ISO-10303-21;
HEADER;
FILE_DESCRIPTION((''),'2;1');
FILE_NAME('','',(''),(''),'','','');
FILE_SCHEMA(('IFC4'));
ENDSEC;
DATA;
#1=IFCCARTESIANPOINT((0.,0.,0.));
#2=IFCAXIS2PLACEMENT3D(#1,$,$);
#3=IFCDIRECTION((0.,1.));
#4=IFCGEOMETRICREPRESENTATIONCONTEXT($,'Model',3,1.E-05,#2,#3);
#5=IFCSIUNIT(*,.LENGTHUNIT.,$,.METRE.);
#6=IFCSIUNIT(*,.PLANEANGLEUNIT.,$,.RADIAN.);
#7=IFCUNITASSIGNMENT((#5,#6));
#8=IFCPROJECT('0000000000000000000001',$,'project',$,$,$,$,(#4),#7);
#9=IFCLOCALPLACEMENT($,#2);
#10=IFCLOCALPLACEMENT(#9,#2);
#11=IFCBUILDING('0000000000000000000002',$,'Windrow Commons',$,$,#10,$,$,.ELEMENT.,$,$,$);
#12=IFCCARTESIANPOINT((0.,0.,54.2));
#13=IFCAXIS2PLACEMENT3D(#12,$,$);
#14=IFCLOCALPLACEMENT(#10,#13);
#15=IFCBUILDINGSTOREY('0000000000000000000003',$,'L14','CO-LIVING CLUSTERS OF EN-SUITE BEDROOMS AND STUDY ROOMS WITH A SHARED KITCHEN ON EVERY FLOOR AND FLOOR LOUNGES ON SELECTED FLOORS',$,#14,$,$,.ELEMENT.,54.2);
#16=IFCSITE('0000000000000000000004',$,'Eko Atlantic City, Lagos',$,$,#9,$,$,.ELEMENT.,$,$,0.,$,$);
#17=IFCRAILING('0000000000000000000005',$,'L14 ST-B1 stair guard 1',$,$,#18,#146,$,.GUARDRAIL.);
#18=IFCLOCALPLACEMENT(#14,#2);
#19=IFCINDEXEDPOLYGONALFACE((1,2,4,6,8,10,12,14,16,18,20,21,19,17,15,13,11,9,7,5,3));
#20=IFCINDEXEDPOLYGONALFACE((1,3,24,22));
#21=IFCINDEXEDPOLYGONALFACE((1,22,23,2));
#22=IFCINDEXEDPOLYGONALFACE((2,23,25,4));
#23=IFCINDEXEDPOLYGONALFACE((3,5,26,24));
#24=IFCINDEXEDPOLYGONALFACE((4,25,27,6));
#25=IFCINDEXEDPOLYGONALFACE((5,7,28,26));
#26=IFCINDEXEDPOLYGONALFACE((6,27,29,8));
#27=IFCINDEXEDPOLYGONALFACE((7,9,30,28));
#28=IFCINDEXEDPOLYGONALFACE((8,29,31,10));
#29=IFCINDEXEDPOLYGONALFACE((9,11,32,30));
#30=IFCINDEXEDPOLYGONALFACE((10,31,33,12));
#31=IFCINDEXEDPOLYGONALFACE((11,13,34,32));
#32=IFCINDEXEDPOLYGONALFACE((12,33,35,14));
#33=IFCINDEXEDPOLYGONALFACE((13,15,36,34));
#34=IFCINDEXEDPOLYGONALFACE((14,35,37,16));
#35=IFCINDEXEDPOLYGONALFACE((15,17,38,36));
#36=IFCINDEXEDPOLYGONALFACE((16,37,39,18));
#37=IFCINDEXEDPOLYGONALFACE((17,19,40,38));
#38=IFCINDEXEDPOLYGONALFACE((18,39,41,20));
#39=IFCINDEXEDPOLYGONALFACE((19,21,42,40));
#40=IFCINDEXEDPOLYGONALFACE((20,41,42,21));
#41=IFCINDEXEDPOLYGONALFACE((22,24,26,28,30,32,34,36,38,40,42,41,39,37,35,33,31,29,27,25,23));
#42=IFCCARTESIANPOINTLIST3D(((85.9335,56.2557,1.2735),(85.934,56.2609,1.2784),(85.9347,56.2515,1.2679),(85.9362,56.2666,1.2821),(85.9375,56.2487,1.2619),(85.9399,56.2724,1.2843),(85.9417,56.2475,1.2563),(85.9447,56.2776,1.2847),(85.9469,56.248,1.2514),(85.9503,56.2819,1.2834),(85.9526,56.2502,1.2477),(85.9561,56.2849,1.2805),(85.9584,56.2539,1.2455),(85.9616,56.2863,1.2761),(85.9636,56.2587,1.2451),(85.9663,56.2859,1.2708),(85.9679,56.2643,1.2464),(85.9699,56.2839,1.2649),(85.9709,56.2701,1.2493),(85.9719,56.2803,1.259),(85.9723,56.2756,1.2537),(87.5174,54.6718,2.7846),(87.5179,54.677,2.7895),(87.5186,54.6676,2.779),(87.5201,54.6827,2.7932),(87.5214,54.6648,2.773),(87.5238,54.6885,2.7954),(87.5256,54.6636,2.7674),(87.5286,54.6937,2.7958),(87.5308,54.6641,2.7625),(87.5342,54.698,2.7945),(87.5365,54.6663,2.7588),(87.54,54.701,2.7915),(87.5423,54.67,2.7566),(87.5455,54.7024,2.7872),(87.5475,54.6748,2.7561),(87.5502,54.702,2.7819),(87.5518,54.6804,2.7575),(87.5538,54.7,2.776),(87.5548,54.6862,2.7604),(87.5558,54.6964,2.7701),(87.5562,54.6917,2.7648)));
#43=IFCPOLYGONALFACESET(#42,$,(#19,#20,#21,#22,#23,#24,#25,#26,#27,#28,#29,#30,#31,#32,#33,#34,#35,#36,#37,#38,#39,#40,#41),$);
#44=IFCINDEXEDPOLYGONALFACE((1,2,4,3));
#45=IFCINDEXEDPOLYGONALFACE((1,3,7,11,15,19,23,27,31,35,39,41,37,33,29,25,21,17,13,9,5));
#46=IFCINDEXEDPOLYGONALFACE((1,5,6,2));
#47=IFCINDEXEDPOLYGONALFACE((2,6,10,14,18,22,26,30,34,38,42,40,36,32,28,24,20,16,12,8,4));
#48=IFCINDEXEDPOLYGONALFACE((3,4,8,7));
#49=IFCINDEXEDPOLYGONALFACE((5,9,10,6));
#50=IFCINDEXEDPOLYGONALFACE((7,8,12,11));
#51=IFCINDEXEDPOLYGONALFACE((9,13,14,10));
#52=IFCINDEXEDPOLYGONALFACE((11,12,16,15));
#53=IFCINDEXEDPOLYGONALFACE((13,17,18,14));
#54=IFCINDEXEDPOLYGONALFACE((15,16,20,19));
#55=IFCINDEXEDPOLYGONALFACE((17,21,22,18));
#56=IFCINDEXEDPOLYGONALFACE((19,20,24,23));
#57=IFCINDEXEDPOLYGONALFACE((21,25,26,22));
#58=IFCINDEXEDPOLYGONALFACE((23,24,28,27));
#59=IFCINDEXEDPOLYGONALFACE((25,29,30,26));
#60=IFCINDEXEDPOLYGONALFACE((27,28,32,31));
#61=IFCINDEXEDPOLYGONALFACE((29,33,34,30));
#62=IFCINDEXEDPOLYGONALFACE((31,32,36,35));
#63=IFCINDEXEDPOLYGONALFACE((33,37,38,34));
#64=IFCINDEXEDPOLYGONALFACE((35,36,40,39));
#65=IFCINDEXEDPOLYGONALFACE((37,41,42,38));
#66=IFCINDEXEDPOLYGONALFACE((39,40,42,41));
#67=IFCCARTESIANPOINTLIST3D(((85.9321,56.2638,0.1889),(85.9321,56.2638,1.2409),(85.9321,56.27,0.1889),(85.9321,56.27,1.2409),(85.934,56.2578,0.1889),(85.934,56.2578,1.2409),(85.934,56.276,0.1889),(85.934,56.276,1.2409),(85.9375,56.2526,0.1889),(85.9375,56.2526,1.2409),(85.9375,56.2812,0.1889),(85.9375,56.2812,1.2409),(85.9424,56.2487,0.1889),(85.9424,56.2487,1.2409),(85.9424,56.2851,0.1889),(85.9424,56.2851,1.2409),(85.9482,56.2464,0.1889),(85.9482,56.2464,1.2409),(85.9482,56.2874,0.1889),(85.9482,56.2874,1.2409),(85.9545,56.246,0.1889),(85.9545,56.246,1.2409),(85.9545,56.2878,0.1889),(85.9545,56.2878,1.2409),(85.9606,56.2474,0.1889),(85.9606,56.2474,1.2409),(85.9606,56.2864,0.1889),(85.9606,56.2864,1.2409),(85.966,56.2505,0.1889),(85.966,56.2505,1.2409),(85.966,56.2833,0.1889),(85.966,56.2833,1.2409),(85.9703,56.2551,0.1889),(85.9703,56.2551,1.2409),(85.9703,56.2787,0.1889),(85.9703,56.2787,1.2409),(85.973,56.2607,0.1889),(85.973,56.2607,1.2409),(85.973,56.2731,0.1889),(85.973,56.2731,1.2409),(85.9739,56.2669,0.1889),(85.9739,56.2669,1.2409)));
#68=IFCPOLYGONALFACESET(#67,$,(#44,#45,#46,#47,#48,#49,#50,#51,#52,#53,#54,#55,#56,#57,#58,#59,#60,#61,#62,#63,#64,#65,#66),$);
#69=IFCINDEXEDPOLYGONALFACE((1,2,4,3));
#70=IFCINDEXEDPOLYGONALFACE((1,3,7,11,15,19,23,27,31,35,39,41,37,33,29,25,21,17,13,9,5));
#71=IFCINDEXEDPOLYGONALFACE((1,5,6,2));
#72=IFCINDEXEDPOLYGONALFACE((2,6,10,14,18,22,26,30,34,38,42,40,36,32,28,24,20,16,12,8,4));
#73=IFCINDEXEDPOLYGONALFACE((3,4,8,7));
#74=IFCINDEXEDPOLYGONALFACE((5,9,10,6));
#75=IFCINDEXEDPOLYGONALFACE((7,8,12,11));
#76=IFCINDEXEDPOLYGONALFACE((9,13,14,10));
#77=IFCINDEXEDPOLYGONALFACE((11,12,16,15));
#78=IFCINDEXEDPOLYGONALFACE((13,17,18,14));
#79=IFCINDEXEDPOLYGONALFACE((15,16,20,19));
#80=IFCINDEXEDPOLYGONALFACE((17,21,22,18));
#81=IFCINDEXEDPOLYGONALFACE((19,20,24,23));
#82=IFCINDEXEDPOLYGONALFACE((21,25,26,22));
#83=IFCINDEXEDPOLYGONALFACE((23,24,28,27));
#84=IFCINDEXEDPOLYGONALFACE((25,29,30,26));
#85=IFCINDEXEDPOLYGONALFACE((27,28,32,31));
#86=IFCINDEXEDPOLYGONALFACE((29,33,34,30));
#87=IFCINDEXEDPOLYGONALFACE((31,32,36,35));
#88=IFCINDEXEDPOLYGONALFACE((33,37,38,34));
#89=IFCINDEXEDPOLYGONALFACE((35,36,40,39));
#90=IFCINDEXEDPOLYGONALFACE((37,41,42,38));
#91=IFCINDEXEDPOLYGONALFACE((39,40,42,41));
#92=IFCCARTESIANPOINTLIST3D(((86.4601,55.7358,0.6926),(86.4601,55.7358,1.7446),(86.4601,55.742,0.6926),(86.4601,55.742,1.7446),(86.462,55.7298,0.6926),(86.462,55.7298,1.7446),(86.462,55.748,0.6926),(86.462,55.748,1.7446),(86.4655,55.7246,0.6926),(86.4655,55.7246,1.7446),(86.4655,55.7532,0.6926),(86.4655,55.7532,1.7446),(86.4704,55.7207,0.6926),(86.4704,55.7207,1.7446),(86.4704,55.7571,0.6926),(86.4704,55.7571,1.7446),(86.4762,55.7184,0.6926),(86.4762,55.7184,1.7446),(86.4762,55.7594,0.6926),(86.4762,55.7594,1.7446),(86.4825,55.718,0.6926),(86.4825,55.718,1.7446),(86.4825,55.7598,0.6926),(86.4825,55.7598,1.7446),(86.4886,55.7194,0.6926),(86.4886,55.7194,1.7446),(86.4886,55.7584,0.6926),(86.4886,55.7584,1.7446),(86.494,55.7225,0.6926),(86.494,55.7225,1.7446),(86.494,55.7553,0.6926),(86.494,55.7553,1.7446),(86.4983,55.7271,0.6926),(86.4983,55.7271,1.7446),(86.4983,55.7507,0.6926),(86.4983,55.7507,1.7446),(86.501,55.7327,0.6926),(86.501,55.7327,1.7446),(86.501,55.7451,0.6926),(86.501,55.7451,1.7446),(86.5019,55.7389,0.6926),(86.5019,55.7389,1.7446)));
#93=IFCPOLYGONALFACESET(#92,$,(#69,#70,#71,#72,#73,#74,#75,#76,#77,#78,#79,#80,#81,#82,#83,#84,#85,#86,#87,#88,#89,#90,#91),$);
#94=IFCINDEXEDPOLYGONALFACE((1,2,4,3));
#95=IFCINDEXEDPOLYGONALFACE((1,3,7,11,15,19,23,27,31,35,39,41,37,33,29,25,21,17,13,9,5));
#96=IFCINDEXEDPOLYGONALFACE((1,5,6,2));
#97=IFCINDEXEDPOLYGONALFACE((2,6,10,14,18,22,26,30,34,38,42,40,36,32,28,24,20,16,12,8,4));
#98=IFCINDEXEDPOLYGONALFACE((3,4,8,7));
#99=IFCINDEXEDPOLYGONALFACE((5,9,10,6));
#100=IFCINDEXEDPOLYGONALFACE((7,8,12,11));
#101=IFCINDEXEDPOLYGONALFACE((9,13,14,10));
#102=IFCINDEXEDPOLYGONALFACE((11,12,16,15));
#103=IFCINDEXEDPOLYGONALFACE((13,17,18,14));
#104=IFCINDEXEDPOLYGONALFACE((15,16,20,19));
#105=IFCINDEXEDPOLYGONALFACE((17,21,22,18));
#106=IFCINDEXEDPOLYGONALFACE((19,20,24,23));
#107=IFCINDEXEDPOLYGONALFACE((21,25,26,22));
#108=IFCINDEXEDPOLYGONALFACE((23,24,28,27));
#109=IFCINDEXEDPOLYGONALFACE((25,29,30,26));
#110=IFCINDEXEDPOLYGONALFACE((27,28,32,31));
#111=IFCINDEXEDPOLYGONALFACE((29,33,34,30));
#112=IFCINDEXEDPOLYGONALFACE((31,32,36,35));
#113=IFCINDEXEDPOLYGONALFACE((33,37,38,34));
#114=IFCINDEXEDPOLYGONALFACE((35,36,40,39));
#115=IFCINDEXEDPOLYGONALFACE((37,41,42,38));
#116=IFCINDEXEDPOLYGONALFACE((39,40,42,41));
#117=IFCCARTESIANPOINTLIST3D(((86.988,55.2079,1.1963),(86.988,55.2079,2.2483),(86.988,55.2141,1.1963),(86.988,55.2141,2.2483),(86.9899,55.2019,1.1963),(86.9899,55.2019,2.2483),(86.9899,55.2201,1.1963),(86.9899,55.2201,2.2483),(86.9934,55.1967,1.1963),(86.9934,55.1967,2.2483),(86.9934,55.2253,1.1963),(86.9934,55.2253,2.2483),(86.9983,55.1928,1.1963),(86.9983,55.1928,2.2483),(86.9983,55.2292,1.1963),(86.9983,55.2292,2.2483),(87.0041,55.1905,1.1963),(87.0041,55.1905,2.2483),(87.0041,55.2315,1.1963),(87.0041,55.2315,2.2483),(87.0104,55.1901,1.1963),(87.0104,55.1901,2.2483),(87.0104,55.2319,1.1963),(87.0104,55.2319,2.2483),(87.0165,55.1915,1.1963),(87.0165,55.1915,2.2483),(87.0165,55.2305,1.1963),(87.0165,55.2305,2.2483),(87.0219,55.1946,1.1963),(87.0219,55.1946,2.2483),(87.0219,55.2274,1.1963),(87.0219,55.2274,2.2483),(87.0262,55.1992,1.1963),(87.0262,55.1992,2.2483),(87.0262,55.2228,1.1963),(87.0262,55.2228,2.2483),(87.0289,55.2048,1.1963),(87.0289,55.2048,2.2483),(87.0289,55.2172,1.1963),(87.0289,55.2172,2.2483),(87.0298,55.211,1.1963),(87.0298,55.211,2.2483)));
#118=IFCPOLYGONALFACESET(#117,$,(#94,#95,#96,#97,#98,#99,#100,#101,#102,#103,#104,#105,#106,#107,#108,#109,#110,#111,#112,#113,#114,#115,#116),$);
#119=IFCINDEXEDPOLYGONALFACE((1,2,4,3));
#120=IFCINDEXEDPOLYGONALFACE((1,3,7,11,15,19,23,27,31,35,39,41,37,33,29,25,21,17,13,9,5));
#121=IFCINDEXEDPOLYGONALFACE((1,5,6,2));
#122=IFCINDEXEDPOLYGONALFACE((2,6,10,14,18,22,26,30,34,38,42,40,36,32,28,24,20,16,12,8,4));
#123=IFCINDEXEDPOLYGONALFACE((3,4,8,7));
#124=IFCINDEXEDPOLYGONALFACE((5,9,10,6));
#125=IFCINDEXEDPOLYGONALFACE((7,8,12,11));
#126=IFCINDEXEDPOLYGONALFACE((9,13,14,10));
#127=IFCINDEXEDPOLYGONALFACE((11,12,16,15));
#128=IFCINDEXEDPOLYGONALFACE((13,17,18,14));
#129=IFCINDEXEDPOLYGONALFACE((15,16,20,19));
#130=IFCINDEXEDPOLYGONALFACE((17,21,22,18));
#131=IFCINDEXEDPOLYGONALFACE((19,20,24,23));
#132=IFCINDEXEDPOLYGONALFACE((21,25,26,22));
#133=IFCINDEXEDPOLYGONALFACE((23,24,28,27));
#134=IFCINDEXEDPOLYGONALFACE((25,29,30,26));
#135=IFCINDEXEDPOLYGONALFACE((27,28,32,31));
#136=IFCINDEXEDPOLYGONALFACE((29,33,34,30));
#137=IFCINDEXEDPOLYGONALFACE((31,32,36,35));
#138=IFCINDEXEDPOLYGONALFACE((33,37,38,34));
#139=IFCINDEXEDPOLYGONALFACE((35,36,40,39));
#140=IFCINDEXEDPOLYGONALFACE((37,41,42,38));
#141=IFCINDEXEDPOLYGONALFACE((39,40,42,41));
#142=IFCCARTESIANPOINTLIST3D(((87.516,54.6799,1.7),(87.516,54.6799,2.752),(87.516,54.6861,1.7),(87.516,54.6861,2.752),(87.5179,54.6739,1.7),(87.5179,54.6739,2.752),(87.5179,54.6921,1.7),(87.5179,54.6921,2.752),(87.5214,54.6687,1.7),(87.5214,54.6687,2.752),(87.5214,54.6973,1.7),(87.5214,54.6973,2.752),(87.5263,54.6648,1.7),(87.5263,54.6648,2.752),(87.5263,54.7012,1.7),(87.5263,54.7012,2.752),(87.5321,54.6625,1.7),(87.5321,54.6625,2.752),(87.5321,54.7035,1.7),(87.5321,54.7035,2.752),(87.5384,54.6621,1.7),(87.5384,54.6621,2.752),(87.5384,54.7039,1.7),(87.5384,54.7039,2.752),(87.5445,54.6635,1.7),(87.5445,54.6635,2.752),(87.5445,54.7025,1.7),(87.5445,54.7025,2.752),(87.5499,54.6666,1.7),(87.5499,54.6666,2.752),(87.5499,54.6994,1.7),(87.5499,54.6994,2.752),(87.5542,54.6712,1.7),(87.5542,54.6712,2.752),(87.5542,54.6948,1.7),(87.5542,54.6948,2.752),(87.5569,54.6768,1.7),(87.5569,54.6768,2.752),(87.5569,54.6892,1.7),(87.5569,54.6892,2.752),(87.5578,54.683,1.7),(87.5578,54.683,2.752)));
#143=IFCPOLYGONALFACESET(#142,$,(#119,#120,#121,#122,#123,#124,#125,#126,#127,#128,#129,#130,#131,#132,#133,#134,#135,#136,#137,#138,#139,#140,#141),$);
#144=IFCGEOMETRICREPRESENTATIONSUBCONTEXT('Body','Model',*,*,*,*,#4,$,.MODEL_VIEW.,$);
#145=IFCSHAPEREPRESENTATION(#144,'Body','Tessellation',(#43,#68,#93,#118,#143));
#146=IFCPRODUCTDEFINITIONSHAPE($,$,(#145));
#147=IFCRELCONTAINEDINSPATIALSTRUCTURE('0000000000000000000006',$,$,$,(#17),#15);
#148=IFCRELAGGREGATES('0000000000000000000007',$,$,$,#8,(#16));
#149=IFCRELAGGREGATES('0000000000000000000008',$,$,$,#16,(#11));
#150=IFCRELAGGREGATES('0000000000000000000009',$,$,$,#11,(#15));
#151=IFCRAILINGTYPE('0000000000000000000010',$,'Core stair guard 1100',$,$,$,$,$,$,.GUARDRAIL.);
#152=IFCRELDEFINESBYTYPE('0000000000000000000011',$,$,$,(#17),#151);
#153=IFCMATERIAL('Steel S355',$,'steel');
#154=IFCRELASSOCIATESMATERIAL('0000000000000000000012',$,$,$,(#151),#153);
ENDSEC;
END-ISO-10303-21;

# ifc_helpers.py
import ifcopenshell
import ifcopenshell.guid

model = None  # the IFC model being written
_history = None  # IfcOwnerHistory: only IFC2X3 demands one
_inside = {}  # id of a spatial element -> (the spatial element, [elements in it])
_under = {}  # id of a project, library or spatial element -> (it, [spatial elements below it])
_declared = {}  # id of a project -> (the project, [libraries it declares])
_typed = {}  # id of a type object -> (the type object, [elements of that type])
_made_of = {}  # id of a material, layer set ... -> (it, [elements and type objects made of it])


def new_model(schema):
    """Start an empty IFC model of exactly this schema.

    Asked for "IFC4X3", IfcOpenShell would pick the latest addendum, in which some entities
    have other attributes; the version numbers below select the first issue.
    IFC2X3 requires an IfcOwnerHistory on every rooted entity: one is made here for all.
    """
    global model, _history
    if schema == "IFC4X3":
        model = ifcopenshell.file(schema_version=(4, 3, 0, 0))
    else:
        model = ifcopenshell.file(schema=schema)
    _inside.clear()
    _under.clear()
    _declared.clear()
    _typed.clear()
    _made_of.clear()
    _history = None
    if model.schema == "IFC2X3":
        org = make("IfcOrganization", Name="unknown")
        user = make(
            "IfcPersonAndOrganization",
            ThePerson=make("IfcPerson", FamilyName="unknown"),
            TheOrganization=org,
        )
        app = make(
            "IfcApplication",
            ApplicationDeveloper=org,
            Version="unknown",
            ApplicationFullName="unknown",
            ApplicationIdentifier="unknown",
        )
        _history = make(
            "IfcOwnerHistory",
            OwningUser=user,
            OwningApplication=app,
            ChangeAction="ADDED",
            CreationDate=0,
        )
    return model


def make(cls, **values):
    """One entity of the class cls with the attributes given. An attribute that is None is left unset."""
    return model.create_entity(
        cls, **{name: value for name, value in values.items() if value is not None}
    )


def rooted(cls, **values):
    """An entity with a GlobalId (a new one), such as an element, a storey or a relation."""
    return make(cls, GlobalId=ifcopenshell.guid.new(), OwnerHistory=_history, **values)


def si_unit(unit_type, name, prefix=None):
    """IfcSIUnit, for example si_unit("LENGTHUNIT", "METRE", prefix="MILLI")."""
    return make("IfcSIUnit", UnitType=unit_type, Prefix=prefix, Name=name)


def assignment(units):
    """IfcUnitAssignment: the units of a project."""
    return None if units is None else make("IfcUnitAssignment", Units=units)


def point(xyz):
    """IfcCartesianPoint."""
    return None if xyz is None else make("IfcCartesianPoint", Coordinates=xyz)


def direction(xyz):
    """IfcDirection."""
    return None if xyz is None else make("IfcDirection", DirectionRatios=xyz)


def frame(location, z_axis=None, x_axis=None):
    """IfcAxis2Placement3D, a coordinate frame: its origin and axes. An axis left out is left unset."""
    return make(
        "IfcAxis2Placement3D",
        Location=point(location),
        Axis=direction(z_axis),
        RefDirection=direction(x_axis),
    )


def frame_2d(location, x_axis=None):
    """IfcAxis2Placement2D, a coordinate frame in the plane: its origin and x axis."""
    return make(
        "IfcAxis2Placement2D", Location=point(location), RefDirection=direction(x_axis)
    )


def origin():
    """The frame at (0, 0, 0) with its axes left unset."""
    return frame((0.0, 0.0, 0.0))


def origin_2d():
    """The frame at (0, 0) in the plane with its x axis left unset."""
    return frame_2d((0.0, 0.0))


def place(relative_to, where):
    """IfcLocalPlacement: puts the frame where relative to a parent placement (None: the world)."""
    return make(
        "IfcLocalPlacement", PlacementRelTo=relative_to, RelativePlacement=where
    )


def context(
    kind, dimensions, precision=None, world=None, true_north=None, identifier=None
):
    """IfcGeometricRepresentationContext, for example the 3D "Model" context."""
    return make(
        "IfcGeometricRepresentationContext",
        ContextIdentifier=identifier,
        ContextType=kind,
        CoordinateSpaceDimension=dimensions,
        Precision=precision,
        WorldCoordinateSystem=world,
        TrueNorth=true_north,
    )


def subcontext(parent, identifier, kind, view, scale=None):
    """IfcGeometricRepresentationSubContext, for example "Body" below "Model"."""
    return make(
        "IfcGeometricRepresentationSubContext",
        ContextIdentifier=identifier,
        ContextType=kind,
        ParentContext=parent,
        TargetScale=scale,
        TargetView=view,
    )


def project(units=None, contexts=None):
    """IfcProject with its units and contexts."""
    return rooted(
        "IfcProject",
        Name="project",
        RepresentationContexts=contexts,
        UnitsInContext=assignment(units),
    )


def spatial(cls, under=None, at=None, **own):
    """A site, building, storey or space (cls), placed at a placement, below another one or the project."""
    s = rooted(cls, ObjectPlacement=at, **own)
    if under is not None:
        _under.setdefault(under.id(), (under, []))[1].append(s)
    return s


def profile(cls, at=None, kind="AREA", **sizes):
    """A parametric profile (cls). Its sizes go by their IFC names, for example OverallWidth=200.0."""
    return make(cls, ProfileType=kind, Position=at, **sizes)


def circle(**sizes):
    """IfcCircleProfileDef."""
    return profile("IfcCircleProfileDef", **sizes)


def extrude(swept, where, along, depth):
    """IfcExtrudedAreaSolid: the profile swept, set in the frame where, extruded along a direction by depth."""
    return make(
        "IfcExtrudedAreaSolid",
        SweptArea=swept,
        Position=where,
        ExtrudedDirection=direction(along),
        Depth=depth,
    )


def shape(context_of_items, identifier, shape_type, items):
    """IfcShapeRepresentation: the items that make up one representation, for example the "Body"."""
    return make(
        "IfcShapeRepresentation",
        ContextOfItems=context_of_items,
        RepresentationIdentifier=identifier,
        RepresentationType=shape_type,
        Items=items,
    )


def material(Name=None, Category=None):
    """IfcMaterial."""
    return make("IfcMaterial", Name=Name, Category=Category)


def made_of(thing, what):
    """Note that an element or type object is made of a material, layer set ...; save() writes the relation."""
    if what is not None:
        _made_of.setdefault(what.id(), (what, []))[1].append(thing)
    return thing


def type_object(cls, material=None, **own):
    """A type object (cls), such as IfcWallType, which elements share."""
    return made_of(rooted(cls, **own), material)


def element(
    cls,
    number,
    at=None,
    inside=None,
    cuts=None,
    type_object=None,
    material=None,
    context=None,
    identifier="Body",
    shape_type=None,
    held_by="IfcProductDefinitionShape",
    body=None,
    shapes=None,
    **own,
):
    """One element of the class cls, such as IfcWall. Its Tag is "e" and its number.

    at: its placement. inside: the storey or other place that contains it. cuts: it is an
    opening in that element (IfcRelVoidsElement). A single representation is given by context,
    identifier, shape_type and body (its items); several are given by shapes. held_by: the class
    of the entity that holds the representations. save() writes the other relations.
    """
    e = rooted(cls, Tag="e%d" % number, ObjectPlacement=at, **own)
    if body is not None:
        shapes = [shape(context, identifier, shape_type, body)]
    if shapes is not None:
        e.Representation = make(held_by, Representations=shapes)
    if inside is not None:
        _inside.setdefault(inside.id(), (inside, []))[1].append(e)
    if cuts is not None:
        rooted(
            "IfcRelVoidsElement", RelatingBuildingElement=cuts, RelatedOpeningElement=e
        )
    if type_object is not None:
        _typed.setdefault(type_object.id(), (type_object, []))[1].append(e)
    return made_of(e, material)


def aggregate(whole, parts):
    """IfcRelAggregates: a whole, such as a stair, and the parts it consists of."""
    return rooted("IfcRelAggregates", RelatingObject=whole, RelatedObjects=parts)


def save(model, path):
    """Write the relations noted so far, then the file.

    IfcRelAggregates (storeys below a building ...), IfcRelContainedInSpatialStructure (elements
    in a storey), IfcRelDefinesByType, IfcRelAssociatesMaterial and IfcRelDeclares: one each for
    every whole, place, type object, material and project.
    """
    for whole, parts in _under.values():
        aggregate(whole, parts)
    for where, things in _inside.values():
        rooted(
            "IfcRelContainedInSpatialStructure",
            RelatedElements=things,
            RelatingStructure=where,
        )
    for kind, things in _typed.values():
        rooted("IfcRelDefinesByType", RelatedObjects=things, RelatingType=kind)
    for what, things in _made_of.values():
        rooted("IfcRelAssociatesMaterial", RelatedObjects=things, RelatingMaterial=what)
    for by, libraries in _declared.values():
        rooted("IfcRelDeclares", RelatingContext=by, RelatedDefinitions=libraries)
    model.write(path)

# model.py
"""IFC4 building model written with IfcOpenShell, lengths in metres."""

from ifc_helpers import new_model, si_unit, direction, frame, origin, origin_2d, place, context, subcontext, project, spatial, circle, extrude, material, type_object, element, save


model = new_model("IFC4")

# Units and contexts
model_context = context("Model", 3, precision=1e-05, world=origin(), true_north=direction((0.0, 1.0)))
body_context = subcontext(model_context, "Body", "Model", "MODEL_VIEW")
ifc_project = project(units=[si_unit("LENGTHUNIT", "METRE"), si_unit("PLANEANGLEUNIT", "RADIAN")], contexts=[model_context])

# Site, building, storey
site_placement = place(None, origin())
site = spatial("IfcSite", under=ifc_project, at=site_placement, Name="Eko Atlantic City, Lagos", CompositionType="ELEMENT", RefElevation=0.0)
building_placement = place(site_placement, origin())
building = spatial("IfcBuilding", under=site, at=building_placement, Name="Windrow Commons", CompositionType="ELEMENT")
storey_placement = place(building_placement, frame((0.0, 0.0, 54.2)))
storey = spatial("IfcBuildingStorey", under=building, at=storey_placement, Name="L14", Description="CO-LIVING CLUSTERS OF EN-SUITE BEDROOMS AND STUDY ROOMS WITH A SHARED KITCHEN ON EVERY FLOOR AND FLOOR LOUNGES ON SELECTED FLOORS", CompositionType="ELEMENT", Elevation=54.2)

# Railing
ifc_material_1 = material(Name="Steel S355", Category="steel")
railing_type_1 = type_object("IfcRailingType", Name="Core stair guard 1100", PredefinedType="GUARDRAIL", material=ifc_material_1)
railing_1_placement = place(storey_placement, frame((85.9529, 56.2669, 0.1889)))
element("IfcRailing", 1, at=railing_1_placement, inside=storey, type_object=railing_type_1, Name="L14 ST-B1 stair guard 1", PredefinedType="GUARDRAIL", context=body_context, shape_type="SweptSolid", body=[
    extrude(circle(Radius=0.024, at=origin_2d()), frame((0.0, 0.0, 1.076), z_axis=(0.586191, -0.586191, 0.559249), x_axis=(0.707107, 0.707107, 0.0)), (0.0, 0.0, 1.0), 2.702),
    extrude(circle(Radius=0.021, at=origin_2d()), origin(), (0.0, 0.0, 1.0), 1.052),
    extrude(circle(Radius=0.021, at=origin_2d()), frame((0.528, -0.528, 0.5037)), (0.0, 0.0, 1.0), 1.052),
    extrude(circle(Radius=0.021, at=origin_2d()), frame((1.0559, -1.0559, 1.0074)), (0.0, 0.0, 1.0), 1.052),
    extrude(circle(Radius=0.021, at=origin_2d()), frame((1.5839, -1.5839, 1.5111)), (0.0, 0.0, 1.0), 1.052),
])

save(model, "model.ifc")
